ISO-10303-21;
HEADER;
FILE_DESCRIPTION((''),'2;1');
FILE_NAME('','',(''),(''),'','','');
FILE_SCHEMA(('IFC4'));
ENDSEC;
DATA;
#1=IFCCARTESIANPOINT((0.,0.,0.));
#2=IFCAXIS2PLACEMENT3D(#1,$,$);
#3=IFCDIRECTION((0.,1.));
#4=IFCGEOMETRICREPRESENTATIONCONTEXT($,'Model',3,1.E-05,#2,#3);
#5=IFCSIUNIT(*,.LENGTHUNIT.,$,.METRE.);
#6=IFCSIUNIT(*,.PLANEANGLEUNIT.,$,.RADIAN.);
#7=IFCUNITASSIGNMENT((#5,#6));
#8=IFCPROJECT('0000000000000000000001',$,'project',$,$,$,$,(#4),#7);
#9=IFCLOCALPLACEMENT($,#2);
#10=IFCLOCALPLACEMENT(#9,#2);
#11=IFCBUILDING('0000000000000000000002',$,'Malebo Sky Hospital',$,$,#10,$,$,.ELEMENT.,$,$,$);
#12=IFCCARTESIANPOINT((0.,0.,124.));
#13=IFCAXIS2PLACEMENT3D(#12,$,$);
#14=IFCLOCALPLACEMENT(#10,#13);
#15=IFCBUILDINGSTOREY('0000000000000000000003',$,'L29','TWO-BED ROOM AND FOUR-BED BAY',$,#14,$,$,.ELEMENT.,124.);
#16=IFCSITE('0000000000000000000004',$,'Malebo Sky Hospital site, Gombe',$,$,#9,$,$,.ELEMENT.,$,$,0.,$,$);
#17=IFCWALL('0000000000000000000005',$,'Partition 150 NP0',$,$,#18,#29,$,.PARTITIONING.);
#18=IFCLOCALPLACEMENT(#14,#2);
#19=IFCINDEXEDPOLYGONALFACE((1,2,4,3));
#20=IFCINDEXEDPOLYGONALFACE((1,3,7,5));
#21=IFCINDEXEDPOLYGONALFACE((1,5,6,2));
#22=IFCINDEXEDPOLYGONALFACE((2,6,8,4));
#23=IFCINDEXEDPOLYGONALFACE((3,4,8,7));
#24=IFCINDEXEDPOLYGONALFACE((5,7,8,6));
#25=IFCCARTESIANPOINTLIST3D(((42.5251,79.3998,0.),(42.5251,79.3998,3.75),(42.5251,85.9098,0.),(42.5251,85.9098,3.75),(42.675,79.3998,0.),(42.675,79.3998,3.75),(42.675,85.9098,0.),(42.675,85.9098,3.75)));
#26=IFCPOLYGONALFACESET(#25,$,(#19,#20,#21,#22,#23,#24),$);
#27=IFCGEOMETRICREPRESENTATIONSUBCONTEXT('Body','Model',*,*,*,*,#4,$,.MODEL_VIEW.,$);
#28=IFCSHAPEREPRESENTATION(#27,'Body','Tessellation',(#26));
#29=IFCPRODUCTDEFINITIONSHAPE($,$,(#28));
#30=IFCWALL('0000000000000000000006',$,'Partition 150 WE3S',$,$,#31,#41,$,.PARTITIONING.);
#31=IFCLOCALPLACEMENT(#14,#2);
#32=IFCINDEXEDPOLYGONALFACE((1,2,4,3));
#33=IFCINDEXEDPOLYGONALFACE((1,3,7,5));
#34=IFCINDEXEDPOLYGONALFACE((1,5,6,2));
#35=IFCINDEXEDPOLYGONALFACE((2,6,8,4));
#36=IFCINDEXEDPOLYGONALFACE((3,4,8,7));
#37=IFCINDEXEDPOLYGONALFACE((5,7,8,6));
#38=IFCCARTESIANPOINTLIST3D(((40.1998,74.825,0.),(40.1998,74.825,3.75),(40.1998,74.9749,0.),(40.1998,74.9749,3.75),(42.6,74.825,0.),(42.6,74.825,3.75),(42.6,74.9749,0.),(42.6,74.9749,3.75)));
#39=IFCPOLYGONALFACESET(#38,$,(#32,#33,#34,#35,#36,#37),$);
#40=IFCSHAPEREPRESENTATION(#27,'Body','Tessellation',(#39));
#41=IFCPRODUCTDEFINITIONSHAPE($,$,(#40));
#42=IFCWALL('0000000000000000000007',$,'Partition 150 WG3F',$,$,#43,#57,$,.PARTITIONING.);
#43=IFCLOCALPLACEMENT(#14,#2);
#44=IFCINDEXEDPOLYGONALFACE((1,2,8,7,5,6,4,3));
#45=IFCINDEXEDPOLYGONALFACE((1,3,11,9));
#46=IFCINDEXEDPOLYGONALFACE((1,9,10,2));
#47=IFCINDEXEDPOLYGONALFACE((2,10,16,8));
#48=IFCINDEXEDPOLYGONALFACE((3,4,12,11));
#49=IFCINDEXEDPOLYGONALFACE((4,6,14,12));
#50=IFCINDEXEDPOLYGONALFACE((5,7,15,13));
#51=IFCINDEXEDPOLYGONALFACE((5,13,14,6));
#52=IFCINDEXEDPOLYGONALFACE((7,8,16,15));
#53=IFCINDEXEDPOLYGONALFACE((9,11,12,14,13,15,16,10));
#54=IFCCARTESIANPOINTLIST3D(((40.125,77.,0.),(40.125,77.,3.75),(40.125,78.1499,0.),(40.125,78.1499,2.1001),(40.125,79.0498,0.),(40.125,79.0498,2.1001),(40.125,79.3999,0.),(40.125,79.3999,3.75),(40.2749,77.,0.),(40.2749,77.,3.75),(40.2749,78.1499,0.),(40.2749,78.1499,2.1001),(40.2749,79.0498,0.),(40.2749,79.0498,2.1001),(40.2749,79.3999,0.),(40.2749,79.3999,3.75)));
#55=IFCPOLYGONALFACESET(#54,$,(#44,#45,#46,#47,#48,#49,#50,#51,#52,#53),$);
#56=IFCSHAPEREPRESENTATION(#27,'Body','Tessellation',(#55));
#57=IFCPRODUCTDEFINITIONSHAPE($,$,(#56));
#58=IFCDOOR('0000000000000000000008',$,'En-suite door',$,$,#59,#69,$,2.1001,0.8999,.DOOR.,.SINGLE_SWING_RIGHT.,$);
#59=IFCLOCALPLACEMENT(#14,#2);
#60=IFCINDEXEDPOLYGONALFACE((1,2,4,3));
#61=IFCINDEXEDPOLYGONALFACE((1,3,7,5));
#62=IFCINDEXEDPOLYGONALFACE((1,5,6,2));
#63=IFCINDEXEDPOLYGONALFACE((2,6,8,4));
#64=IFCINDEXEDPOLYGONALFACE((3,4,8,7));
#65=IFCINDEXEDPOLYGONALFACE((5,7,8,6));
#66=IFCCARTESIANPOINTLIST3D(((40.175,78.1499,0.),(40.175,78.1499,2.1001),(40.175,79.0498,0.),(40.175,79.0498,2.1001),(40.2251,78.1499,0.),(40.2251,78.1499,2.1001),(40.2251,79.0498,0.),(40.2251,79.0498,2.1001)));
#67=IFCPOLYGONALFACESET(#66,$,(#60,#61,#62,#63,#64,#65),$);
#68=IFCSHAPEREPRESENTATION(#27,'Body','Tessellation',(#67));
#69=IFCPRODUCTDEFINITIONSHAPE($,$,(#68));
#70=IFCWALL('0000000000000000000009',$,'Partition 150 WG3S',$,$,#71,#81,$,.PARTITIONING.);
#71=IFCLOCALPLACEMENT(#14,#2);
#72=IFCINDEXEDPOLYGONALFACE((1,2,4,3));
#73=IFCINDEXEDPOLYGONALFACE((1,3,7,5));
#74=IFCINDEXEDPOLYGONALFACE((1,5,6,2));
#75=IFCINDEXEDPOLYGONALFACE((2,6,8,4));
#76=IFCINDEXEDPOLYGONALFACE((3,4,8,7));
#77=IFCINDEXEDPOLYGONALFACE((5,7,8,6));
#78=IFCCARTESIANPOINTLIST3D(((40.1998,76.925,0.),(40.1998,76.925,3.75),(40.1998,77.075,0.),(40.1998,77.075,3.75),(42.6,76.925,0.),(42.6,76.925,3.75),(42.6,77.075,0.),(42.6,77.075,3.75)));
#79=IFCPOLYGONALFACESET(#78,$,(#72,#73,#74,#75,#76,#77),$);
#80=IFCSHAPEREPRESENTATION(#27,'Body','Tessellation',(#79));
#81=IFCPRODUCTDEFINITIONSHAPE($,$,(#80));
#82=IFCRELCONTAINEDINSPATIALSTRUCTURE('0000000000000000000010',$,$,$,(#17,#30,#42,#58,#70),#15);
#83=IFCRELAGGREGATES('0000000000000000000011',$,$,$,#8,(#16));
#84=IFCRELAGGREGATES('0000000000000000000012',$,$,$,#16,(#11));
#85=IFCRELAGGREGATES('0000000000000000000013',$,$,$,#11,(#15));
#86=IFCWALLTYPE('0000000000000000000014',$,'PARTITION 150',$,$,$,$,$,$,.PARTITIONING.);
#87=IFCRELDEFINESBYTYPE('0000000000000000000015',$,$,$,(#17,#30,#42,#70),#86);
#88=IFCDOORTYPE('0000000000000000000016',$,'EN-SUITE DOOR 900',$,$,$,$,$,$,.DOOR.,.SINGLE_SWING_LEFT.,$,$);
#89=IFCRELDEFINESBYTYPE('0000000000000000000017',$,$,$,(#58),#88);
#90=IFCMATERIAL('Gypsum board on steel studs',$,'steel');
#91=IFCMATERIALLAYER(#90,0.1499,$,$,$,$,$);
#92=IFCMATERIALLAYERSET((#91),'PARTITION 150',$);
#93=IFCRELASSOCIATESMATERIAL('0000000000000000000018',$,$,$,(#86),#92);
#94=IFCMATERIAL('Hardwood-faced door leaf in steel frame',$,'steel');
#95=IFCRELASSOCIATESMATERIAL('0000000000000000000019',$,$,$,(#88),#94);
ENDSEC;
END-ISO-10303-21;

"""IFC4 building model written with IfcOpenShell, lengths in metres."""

from ifc_helpers import new_model, si_unit, direction, frame, frame_2d, origin, place, context, subcontext, project, spatial, rectangle, extrude, material, layer, layer_set, type_object, element, fill, save


model = new_model("IFC4")

# Units and contexts
model_context = context("Model", 3, precision=1e-05, world=origin(), true_north=direction((0.0, 1.0)))
body_context = subcontext(model_context, "Body", "Model", "MODEL_VIEW")
ifc_project = project(units=[si_unit("LENGTHUNIT", "METRE"), si_unit("PLANEANGLEUNIT", "RADIAN")], contexts=[model_context])

# Site, building, storey
site_placement = place(None, origin())
site = spatial("IfcSite", under=ifc_project, at=site_placement, Name="Malebo Sky Hospital site, Gombe", CompositionType="ELEMENT", RefElevation=0.0)
building_placement = place(site_placement, origin())
building = spatial("IfcBuilding", under=site, at=building_placement, Name="Malebo Sky Hospital", CompositionType="ELEMENT")
storey_placement = place(building_placement, frame((0.0, 0.0, 124.0)))
storey = spatial("IfcBuildingStorey", under=building, at=storey_placement, Name="L29", Description="TWO-BED ROOM AND FOUR-BED BAY", CompositionType="ELEMENT", Elevation=124.0)

# Shared definitions
ifc_material_1 = material(Name="Gypsum board on steel studs", Category="steel")
ifc_material_2 = material(Name="Hardwood-faced door leaf in steel frame", Category="steel")

# Walls
ifc_layer_1 = layer(ifc_material_1, 0.1499)
ifc_layer_set_1 = layer_set([ifc_layer_1], Name="PARTITION 150")
wall_type_1 = type_object("IfcWallType", Name="PARTITION 150", PredefinedType="PARTITIONING", material=ifc_layer_set_1)
wall_1_placement = place(storey_placement, frame((42.6001, 79.3999, 0.0), z_axis=(0.0, 0.0, 1.0), x_axis=(0.0, 1.0, 0.0)))
element("IfcWall", 1, at=wall_1_placement, inside=storey, type_object=wall_type_1, Name="Partition 150 NP0", PredefinedType="PARTITIONING", context=body_context, shape_type="SweptSolid", body=[
    extrude(rectangle(XDim=6.51, YDim=0.1499, at=frame_2d((3.2549, 0.0))), origin(), (0.0, 0.0, 1.0), 3.75),
])
wall_2_placement = place(storey_placement, frame((42.6001, 74.8999, 0.0), z_axis=(0.0, 0.0, 1.0), x_axis=(-1.0, 0.0, 0.0)))
element("IfcWall", 2, at=wall_2_placement, inside=storey, type_object=wall_type_1, Name="Partition 150 WE3S", PredefinedType="PARTITIONING", context=body_context, shape_type="SweptSolid", body=[
    extrude(rectangle(XDim=2.4001, YDim=0.1499, at=frame_2d((1.2002, 0.0))), origin(), (0.0, 0.0, 1.0), 3.75),
])

# Wall, opening, door
wall_3_placement = place(storey_placement, frame((40.2, 77.0, 0.0), z_axis=(0.0, 0.0, 1.0), x_axis=(0.0, 1.0, 0.0)))
wall_3 = element("IfcWall", 3, at=wall_3_placement, inside=storey, type_object=wall_type_1, Name="Partition 150 WG3F", PredefinedType="PARTITIONING", context=body_context, shape_type="SweptSolid", body=[
    extrude(rectangle(XDim=2.3999, YDim=0.1499, at=frame_2d((1.2, 0.0))), origin(), (0.0, 0.0, 1.0), 3.75),
])
opening_1_placement = place(wall_3_placement, frame((1.1499, 0.0, 0.0)))
opening_1 = element("IfcOpeningElement", 4, at=opening_1_placement, cuts=wall_3, PredefinedType="OPENING", context=body_context, shape_type="SweptSolid", body=[
    extrude(rectangle(XDim=0.8999, YDim=2.1001, at=frame_2d((0.45, 1.05))), frame((0.0, 0.085, 0.0), z_axis=(0.0, -1.0, 0.0), x_axis=(1.0, 0.0, 0.0)), (0.0, 0.0, 1.0), 0.1699),
])
door_type_1 = type_object("IfcDoorType", Name="EN-SUITE DOOR 900", OperationType="SINGLE_SWING_LEFT", PredefinedType="DOOR", material=ifc_material_2)
door_1_placement = place(opening_1_placement, origin())
door_1 = element("IfcDoor", 5, at=door_1_placement, inside=storey, type_object=door_type_1, Name="En-suite door", OperationType="SINGLE_SWING_RIGHT", OverallHeight=2.1001, OverallWidth=0.8999, PredefinedType="DOOR", context=body_context, shape_type="SweptSolid", body=[
    extrude(rectangle(XDim=0.8999, YDim=2.1001, at=frame_2d((0.45, 1.05))), frame((0.0, 0.0249, 0.0), z_axis=(0.0, -1.0, 0.0), x_axis=(1.0, 0.0, 0.0)), (0.0, 0.0, 1.0), 0.05),
])
fill(opening_1, door_1)

# Wall
wall_4_placement = place(storey_placement, frame((42.6001, 77.0, 0.0), z_axis=(0.0, 0.0, 1.0), x_axis=(-1.0, 0.0, 0.0)))
element("IfcWall", 6, at=wall_4_placement, inside=storey, type_object=wall_type_1, Name="Partition 150 WG3S", PredefinedType="PARTITIONING", context=body_context, shape_type="SweptSolid", body=[
    extrude(rectangle(XDim=2.4001, YDim=0.1499, at=frame_2d((1.2002, 0.0))), origin(), (0.0, 0.0, 1.0), 3.75),
])

save(model, "model.ifc")
